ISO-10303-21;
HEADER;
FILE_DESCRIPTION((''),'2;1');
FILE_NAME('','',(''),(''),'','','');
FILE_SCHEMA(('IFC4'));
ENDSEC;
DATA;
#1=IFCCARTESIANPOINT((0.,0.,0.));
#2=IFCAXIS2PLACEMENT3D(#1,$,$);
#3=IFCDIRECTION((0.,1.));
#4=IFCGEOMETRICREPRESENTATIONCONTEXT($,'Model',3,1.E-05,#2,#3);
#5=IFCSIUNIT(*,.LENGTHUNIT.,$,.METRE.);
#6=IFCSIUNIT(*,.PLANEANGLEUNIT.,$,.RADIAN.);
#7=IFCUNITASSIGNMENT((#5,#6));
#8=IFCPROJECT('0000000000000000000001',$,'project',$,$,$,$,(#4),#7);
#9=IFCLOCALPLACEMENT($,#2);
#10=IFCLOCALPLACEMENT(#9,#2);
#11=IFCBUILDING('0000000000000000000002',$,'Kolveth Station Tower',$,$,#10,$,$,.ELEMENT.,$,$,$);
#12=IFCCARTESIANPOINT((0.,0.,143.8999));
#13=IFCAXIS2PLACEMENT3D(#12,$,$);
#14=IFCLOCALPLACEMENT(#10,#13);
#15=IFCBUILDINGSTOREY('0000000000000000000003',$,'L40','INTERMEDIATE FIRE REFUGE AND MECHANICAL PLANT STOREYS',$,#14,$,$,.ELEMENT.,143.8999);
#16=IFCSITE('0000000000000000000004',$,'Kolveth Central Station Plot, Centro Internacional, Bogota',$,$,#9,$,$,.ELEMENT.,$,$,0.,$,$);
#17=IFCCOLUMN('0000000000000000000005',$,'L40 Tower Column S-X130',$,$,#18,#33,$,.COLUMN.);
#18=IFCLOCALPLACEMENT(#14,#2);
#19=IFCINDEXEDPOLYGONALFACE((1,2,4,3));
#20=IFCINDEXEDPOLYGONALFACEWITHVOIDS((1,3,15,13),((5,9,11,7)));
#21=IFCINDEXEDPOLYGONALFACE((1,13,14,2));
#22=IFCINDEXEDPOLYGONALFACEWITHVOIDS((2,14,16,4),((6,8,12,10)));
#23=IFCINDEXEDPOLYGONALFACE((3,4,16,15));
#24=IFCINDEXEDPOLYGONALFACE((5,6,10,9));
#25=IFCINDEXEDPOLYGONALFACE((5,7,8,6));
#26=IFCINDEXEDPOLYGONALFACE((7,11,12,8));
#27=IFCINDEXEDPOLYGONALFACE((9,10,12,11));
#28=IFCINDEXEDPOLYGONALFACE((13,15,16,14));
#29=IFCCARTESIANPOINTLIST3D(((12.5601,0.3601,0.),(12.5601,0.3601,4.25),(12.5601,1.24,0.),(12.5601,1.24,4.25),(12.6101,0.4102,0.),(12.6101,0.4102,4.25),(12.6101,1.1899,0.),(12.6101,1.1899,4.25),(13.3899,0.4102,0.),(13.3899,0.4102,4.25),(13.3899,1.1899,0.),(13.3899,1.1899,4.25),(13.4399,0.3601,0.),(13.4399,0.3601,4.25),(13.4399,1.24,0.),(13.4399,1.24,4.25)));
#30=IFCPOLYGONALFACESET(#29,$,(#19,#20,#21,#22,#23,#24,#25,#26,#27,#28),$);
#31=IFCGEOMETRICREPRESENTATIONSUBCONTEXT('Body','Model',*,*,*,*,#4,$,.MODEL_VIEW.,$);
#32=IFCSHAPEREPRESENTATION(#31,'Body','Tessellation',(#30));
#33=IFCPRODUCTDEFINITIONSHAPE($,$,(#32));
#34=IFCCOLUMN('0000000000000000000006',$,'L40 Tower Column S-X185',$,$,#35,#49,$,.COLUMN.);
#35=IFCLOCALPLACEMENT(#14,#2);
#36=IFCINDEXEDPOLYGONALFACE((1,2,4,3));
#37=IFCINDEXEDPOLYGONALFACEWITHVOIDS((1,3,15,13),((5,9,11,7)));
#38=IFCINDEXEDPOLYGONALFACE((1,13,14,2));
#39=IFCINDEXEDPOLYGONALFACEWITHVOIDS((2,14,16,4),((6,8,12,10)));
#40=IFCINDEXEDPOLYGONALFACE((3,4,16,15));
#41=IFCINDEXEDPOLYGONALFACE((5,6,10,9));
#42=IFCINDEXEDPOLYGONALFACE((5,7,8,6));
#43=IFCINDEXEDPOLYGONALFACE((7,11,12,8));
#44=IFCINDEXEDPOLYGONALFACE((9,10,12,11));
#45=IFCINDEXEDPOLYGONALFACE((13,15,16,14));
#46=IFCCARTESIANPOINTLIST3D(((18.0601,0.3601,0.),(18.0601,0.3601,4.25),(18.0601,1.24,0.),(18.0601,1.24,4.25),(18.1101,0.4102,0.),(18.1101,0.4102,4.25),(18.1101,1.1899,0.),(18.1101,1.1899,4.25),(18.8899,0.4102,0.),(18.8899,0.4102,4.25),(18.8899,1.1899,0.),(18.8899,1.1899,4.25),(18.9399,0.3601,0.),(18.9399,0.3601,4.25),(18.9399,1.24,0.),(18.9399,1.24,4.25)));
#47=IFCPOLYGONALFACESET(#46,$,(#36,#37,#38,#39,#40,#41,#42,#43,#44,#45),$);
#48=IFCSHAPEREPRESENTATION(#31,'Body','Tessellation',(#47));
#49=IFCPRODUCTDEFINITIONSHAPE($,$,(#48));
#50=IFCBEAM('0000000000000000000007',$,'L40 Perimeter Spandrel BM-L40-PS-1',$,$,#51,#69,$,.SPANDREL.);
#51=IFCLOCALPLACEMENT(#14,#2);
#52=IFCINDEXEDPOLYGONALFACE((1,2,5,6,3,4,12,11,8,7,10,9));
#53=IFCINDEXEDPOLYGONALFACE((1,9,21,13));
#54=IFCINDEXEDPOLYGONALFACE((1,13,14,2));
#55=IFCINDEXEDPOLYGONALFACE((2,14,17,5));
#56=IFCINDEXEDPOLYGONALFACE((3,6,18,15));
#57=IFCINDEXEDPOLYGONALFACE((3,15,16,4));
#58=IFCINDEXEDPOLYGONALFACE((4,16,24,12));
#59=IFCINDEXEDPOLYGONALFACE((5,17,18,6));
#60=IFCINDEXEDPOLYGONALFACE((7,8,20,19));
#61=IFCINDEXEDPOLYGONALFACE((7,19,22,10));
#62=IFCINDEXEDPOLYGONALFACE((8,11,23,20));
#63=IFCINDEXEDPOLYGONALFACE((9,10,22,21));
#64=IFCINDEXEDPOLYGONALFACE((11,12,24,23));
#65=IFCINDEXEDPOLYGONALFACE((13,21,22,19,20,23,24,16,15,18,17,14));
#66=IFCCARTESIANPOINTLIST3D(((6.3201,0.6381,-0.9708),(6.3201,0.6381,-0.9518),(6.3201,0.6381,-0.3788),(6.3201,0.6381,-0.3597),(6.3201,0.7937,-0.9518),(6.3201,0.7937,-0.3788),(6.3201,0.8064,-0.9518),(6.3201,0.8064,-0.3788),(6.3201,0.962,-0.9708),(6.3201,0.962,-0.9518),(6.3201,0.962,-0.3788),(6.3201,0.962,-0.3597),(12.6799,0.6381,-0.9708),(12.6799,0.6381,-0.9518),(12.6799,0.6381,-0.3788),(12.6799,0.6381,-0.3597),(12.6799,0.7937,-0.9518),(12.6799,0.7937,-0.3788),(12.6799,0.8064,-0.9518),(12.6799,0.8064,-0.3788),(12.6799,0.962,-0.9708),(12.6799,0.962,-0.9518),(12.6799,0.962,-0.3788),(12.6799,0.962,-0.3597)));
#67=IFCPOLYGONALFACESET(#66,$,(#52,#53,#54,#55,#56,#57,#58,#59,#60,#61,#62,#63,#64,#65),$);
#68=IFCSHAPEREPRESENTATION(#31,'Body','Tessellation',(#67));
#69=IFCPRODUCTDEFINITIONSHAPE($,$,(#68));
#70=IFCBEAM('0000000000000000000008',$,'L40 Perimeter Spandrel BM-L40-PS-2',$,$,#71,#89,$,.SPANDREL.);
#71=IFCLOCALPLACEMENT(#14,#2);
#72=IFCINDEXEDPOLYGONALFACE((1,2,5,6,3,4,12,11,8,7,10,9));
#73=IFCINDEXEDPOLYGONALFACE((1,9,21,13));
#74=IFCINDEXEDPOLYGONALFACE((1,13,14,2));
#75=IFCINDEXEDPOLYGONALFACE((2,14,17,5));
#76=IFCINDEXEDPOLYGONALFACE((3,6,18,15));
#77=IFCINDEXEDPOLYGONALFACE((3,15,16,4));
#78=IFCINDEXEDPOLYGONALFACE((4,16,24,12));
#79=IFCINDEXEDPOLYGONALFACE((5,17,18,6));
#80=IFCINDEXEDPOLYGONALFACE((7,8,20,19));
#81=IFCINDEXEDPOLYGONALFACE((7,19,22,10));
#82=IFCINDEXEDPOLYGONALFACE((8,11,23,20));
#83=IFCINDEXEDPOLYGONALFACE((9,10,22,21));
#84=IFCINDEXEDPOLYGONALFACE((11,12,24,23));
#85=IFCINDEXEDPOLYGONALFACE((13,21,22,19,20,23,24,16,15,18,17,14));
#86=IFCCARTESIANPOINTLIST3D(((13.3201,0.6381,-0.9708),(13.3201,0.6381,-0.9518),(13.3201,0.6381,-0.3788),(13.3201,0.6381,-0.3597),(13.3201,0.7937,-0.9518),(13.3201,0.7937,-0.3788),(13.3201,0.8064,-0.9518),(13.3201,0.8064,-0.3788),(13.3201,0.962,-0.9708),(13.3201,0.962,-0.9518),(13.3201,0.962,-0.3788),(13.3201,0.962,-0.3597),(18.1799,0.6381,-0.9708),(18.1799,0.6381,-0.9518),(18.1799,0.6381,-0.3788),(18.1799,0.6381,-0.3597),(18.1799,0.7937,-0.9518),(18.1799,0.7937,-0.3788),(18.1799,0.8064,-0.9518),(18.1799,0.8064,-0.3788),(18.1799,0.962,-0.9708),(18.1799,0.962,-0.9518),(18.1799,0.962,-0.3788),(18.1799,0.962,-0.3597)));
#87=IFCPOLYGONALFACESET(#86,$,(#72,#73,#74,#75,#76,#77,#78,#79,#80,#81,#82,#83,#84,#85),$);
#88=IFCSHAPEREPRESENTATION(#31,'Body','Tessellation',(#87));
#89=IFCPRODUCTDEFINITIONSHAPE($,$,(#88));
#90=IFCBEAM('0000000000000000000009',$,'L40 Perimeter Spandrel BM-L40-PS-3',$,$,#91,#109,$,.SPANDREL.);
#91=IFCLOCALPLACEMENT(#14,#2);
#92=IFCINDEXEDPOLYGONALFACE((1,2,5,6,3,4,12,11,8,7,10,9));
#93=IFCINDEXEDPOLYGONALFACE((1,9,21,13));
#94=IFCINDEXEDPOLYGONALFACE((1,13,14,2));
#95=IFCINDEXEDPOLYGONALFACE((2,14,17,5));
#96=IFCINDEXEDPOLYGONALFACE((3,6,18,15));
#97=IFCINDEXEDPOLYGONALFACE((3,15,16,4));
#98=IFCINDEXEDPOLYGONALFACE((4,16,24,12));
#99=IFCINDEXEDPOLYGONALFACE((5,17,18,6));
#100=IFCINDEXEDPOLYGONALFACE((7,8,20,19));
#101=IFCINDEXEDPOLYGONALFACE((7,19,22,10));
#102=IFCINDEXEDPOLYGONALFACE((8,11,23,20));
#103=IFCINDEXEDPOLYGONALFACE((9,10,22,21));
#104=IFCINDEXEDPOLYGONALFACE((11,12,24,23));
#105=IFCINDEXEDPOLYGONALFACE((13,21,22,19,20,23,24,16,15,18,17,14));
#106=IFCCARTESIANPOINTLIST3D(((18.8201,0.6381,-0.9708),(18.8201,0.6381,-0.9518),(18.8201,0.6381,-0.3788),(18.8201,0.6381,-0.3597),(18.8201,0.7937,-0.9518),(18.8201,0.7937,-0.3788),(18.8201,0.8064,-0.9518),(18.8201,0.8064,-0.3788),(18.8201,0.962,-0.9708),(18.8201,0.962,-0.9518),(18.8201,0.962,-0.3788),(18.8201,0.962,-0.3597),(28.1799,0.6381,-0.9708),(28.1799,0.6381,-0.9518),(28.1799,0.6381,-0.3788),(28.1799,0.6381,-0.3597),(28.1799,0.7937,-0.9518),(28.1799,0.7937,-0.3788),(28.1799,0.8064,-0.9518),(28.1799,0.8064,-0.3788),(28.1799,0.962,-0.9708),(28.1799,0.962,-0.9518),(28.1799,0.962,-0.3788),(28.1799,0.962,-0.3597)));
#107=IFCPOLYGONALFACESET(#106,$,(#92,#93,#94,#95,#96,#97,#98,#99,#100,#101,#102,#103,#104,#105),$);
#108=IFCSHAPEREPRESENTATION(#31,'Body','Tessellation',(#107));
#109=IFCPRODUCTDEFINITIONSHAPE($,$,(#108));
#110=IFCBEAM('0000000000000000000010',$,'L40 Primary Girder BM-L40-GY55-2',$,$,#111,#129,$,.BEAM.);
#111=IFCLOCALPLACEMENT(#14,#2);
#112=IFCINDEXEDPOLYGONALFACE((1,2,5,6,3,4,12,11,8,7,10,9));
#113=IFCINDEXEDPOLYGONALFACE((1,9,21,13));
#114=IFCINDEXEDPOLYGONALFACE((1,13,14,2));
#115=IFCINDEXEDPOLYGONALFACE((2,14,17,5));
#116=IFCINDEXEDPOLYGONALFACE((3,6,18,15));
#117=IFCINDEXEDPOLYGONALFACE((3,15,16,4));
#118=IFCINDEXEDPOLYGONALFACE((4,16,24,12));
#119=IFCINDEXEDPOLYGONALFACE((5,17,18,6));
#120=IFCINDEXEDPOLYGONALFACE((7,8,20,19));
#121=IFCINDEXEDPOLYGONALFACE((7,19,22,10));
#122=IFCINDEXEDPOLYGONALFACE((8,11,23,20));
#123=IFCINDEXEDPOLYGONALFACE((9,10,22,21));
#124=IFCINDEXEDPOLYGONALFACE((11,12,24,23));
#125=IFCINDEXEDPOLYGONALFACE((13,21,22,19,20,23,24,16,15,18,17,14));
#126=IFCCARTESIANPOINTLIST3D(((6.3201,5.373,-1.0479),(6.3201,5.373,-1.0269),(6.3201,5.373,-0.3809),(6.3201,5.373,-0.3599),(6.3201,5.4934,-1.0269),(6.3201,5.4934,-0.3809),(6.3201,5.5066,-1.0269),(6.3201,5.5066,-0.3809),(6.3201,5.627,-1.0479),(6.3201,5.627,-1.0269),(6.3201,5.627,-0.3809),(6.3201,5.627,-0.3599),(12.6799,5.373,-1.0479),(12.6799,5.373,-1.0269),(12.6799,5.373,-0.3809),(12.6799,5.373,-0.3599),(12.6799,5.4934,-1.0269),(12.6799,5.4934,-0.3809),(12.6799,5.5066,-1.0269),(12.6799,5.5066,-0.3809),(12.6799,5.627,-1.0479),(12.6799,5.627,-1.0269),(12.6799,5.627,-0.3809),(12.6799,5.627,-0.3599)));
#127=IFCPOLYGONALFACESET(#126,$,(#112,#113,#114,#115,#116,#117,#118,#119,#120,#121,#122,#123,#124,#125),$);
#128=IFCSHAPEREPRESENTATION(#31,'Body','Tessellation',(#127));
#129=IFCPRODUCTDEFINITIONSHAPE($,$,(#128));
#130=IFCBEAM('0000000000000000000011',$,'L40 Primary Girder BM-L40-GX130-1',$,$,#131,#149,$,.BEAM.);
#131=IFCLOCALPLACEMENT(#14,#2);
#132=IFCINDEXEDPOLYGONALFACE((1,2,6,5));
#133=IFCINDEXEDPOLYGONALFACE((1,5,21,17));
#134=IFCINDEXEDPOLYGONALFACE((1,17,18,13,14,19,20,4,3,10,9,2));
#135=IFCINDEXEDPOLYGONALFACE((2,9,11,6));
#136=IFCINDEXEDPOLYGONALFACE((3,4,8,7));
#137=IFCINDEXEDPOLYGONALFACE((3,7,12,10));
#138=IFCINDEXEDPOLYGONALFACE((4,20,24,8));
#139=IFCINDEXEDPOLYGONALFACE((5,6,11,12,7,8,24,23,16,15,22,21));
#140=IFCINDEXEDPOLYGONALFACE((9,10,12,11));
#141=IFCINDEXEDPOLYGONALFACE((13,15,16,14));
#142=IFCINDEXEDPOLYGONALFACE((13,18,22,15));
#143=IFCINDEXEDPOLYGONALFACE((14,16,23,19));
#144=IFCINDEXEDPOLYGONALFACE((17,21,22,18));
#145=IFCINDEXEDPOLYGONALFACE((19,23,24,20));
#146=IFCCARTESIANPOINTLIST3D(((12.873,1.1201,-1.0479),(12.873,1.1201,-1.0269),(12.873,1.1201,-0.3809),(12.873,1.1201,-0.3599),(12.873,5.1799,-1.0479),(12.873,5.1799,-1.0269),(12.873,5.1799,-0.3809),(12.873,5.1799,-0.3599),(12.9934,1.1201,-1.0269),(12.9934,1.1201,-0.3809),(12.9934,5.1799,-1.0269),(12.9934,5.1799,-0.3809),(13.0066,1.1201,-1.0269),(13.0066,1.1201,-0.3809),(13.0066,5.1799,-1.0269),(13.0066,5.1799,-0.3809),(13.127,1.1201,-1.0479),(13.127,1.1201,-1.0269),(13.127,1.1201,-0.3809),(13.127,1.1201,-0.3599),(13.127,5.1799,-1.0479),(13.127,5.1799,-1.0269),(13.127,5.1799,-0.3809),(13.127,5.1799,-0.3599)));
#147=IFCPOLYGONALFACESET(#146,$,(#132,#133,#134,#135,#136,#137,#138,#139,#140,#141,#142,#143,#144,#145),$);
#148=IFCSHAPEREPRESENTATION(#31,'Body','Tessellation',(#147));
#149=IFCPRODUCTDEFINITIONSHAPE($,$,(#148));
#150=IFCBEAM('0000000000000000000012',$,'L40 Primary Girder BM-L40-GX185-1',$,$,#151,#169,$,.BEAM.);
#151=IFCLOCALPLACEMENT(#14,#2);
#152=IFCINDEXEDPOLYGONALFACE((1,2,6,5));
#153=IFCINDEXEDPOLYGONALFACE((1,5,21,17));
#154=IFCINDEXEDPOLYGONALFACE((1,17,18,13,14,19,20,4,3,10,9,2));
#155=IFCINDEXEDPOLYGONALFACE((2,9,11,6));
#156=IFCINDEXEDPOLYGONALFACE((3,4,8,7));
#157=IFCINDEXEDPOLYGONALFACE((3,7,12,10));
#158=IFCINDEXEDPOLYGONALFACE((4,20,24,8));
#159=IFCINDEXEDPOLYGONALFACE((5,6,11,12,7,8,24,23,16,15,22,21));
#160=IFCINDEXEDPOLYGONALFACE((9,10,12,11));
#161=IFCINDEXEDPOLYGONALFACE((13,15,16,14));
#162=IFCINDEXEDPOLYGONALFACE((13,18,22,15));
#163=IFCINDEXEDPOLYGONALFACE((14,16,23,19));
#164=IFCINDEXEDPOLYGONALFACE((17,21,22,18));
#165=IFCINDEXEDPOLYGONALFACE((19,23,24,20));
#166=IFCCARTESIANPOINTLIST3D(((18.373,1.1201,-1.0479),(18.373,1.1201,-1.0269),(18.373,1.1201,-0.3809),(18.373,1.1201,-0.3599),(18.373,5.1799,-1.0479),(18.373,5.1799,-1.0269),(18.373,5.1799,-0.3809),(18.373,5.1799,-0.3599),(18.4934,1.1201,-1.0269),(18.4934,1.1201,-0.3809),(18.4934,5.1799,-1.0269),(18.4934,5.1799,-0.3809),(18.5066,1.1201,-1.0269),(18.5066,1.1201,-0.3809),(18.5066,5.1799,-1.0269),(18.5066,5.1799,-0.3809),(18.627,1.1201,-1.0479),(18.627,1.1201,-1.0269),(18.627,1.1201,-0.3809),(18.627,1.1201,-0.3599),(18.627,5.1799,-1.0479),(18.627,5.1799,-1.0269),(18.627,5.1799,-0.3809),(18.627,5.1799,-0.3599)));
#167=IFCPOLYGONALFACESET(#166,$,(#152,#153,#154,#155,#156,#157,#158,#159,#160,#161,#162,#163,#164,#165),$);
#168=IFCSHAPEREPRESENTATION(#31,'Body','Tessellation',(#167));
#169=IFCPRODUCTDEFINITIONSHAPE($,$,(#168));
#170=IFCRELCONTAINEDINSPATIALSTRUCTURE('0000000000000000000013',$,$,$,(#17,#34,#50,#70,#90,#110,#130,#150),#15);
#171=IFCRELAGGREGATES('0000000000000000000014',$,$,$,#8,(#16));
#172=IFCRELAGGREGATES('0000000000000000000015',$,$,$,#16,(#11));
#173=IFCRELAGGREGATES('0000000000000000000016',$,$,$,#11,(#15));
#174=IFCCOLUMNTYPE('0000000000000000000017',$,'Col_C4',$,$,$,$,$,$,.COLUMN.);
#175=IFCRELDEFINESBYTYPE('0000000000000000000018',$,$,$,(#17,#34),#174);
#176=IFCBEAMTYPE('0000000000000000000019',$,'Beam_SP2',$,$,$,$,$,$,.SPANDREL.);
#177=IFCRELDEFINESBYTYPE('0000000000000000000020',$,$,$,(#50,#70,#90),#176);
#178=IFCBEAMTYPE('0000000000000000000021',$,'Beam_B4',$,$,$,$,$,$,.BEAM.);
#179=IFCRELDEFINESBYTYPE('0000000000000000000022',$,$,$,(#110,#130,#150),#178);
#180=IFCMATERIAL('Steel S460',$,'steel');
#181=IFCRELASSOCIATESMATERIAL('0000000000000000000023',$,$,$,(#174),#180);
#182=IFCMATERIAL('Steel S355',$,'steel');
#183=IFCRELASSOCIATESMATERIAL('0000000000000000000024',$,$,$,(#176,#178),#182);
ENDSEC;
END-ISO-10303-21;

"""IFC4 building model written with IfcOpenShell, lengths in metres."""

from ifc_helpers import new_model, si_unit, direction, frame, origin, origin_2d, place, context, subcontext, project, spatial, hollow_rectangle, i_section, extrude, source, transform, mapped, material, material_profile, profile_set, type_object, element, save


model = new_model("IFC4")

# Units and contexts
model_context = context("Model", 3, precision=1e-05, world=origin(), true_north=direction((0.0, 1.0)))
body_context = subcontext(model_context, "Body", "Model", "MODEL_VIEW")
ifc_project = project(units=[si_unit("LENGTHUNIT", "METRE"), si_unit("PLANEANGLEUNIT", "RADIAN")], contexts=[model_context])

# Site, building, storey
site_placement = place(None, origin())
site = spatial("IfcSite", under=ifc_project, at=site_placement, Name="Kolveth Central Station Plot, Centro Internacional, Bogota", CompositionType="ELEMENT", RefElevation=0.0)
building_placement = place(site_placement, origin())
building = spatial("IfcBuilding", under=site, at=building_placement, Name="Kolveth Station Tower", CompositionType="ELEMENT")
storey_placement = place(building_placement, frame((0.0, 0.0, 143.8999)))
storey = spatial("IfcBuildingStorey", under=building, at=storey_placement, Name="L40", Description="INTERMEDIATE FIRE REFUGE AND MECHANICAL PLANT STOREYS", CompositionType="ELEMENT", Elevation=143.8999)

# Columns
ifc_material_1 = material(Name="Steel S460", Category="steel")
ifc_material_profile_1 = material_profile(ifc_material_1, hollow_rectangle(XDim=0.8799, YDim=0.8799, WallThickness=0.05, at=origin_2d()), Name="BOX880x880x50")
ifc_profile_set_1 = profile_set([ifc_material_profile_1], Name="Steel S460")
column_type = type_object("IfcColumnType", Name="Col_C4", PredefinedType="COLUMN", material=ifc_profile_set_1)
shared_shape_1 = source(origin(), body_context, "Body", "SweptSolid", [
    extrude(hollow_rectangle(XDim=0.8799, YDim=0.8799, WallThickness=0.05, at=origin_2d()), origin(), (0.0, 0.0, 1.0), 4.25),
])
for number, where, z_axis, x_axis, name in (
    (1, (13.0, 0.8, 0.0), (0.0, 0.0, 1.0), (1.0, 0.0, 0.0), "L40 Tower Column S-X130"),
    (2, (18.5, 0.8, 0.0), (0.0, 0.0, 1.0), (1.0, 0.0, 0.0), "L40 Tower Column S-X185"),
):
    element("IfcColumn", number, at=place(storey_placement, frame(where, z_axis=z_axis, x_axis=x_axis)), inside=storey, type_object=column_type, Name=name, PredefinedType="COLUMN", context=body_context, shape_type="MappedRepresentation", body=[
        mapped(shared_shape_1, transform((0.0, 0.0, 0.0), x_axis=(1.0, 0.0, 0.0), y_axis=(0.0, 1.0, 0.0), z_axis=(0.0, 0.0, 1.0), scale=1.0)),
    ])

# Beams
ifc_material_2 = material(Name="Steel S355", Category="steel")
ifc_material_profile_2 = material_profile(ifc_material_2, i_section(OverallWidth=0.324, OverallDepth=0.6111, WebThickness=0.0127, FlangeThickness=0.019, at=origin_2d()), Name="W610x155")
ifc_profile_set_2 = profile_set([ifc_material_profile_2], Name="Steel S355")
beam_type_1 = type_object("IfcBeamType", Name="Beam_SP2", PredefinedType="SPANDREL", material=ifc_profile_set_2)
shared_shape_2 = source(origin(), body_context, "Body", "SweptSolid", [
    extrude(i_section(OverallWidth=0.324, OverallDepth=0.6111, WebThickness=0.0127, FlangeThickness=0.019, at=origin_2d()), origin(), (0.0, 0.0, 1.0), 6.3599),
])
beam_1_placement = place(storey_placement, frame((6.3201, 0.8, -0.6653), z_axis=(1.0, 0.0, 0.0), x_axis=(0.0, 1.0, 0.0)))
element("IfcBeam", 3, at=beam_1_placement, inside=storey, type_object=beam_type_1, Name="L40 Perimeter Spandrel BM-L40-PS-1", PredefinedType="SPANDREL", context=body_context, shape_type="MappedRepresentation", body=[
    mapped(shared_shape_2, transform((0.0, 0.0, 0.0), x_axis=(1.0, 0.0, 0.0), y_axis=(0.0, 1.0, 0.0), z_axis=(0.0, 0.0, 1.0), scale=1.0)),
])
shared_shape_3 = source(origin(), body_context, "Body", "SweptSolid", [
    extrude(i_section(OverallWidth=0.324, OverallDepth=0.6111, WebThickness=0.0127, FlangeThickness=0.019, at=origin_2d()), origin(), (0.0, 0.0, 1.0), 4.8599),
])
beam_2_placement = place(storey_placement, frame((13.3201, 0.8, -0.6653), z_axis=(1.0, 0.0, 0.0), x_axis=(0.0, 1.0, 0.0)))
element("IfcBeam", 4, at=beam_2_placement, inside=storey, type_object=beam_type_1, Name="L40 Perimeter Spandrel BM-L40-PS-2", PredefinedType="SPANDREL", context=body_context, shape_type="MappedRepresentation", body=[
    mapped(shared_shape_3, transform((0.0, 0.0, 0.0), x_axis=(1.0, 0.0, 0.0), y_axis=(0.0, 1.0, 0.0), z_axis=(0.0, 0.0, 1.0), scale=1.0)),
])
shared_shape_4 = source(origin(), body_context, "Body", "SweptSolid", [
    extrude(i_section(OverallWidth=0.324, OverallDepth=0.6111, WebThickness=0.0127, FlangeThickness=0.019, at=origin_2d()), origin(), (0.0, 0.0, 1.0), 9.3599),
])
beam_3_placement = place(storey_placement, frame((18.8201, 0.8, -0.6653), z_axis=(1.0, 0.0, 0.0), x_axis=(0.0, 1.0, 0.0)))
element("IfcBeam", 5, at=beam_3_placement, inside=storey, type_object=beam_type_1, Name="L40 Perimeter Spandrel BM-L40-PS-3", PredefinedType="SPANDREL", context=body_context, shape_type="MappedRepresentation", body=[
    mapped(shared_shape_4, transform((0.0, 0.0, 0.0), x_axis=(1.0, 0.0, 0.0), y_axis=(0.0, 1.0, 0.0), z_axis=(0.0, 0.0, 1.0), scale=1.0)),
])
ifc_material_profile_3 = material_profile(ifc_material_2, i_section(OverallWidth=0.2539, OverallDepth=0.688, WebThickness=0.0132, FlangeThickness=0.021, at=origin_2d()), Name="W690x152")
ifc_profile_set_3 = profile_set([ifc_material_profile_3], Name="Steel S355")
beam_type_2 = type_object("IfcBeamType", Name="Beam_B4", PredefinedType="BEAM", material=ifc_profile_set_3)
shared_shape_5 = source(origin(), body_context, "Body", "SweptSolid", [
    extrude(i_section(OverallWidth=0.2539, OverallDepth=0.688, WebThickness=0.0132, FlangeThickness=0.021, at=origin_2d()), origin(), (0.0, 0.0, 1.0), 6.3599),
])
beam_4_placement = place(storey_placement, frame((6.3201, 5.5, -0.7039), z_axis=(1.0, 0.0, 0.0), x_axis=(0.0, 1.0, 0.0)))
element("IfcBeam", 6, at=beam_4_placement, inside=storey, type_object=beam_type_2, Name="L40 Primary Girder BM-L40-GY55-2", PredefinedType="BEAM", context=body_context, shape_type="MappedRepresentation", body=[
    mapped(shared_shape_5, transform((0.0, 0.0, 0.0), x_axis=(1.0, 0.0, 0.0), y_axis=(0.0, 1.0, 0.0), z_axis=(0.0, 0.0, 1.0), scale=1.0)),
])
shared_shape_6 = source(origin(), body_context, "Body", "SweptSolid", [
    extrude(i_section(OverallWidth=0.2539, OverallDepth=0.688, WebThickness=0.0132, FlangeThickness=0.021, at=origin_2d()), origin(), (0.0, 0.0, 1.0), 4.0598),
])
for number, where, z_axis, x_axis, name in (
    (7, (13.0, 1.1201, -0.7039), (0.0, 1.0, 0.0), (-1.0, 0.0, 0.0), "L40 Primary Girder BM-L40-GX130-1"),
    (8, (18.5, 1.1201, -0.7039), (0.0, 1.0, 0.0), (-1.0, 0.0, 0.0), "L40 Primary Girder BM-L40-GX185-1"),
):
    element("IfcBeam", number, at=place(storey_placement, frame(where, z_axis=z_axis, x_axis=x_axis)), inside=storey, type_object=beam_type_2, Name=name, PredefinedType="BEAM", context=body_context, shape_type="MappedRepresentation", body=[
        mapped(shared_shape_6, transform((0.0, 0.0, 0.0), x_axis=(1.0, 0.0, 0.0), y_axis=(0.0, 1.0, 0.0), z_axis=(0.0, 0.0, 1.0), scale=1.0)),
    ])

save(model, "model.ifc")
